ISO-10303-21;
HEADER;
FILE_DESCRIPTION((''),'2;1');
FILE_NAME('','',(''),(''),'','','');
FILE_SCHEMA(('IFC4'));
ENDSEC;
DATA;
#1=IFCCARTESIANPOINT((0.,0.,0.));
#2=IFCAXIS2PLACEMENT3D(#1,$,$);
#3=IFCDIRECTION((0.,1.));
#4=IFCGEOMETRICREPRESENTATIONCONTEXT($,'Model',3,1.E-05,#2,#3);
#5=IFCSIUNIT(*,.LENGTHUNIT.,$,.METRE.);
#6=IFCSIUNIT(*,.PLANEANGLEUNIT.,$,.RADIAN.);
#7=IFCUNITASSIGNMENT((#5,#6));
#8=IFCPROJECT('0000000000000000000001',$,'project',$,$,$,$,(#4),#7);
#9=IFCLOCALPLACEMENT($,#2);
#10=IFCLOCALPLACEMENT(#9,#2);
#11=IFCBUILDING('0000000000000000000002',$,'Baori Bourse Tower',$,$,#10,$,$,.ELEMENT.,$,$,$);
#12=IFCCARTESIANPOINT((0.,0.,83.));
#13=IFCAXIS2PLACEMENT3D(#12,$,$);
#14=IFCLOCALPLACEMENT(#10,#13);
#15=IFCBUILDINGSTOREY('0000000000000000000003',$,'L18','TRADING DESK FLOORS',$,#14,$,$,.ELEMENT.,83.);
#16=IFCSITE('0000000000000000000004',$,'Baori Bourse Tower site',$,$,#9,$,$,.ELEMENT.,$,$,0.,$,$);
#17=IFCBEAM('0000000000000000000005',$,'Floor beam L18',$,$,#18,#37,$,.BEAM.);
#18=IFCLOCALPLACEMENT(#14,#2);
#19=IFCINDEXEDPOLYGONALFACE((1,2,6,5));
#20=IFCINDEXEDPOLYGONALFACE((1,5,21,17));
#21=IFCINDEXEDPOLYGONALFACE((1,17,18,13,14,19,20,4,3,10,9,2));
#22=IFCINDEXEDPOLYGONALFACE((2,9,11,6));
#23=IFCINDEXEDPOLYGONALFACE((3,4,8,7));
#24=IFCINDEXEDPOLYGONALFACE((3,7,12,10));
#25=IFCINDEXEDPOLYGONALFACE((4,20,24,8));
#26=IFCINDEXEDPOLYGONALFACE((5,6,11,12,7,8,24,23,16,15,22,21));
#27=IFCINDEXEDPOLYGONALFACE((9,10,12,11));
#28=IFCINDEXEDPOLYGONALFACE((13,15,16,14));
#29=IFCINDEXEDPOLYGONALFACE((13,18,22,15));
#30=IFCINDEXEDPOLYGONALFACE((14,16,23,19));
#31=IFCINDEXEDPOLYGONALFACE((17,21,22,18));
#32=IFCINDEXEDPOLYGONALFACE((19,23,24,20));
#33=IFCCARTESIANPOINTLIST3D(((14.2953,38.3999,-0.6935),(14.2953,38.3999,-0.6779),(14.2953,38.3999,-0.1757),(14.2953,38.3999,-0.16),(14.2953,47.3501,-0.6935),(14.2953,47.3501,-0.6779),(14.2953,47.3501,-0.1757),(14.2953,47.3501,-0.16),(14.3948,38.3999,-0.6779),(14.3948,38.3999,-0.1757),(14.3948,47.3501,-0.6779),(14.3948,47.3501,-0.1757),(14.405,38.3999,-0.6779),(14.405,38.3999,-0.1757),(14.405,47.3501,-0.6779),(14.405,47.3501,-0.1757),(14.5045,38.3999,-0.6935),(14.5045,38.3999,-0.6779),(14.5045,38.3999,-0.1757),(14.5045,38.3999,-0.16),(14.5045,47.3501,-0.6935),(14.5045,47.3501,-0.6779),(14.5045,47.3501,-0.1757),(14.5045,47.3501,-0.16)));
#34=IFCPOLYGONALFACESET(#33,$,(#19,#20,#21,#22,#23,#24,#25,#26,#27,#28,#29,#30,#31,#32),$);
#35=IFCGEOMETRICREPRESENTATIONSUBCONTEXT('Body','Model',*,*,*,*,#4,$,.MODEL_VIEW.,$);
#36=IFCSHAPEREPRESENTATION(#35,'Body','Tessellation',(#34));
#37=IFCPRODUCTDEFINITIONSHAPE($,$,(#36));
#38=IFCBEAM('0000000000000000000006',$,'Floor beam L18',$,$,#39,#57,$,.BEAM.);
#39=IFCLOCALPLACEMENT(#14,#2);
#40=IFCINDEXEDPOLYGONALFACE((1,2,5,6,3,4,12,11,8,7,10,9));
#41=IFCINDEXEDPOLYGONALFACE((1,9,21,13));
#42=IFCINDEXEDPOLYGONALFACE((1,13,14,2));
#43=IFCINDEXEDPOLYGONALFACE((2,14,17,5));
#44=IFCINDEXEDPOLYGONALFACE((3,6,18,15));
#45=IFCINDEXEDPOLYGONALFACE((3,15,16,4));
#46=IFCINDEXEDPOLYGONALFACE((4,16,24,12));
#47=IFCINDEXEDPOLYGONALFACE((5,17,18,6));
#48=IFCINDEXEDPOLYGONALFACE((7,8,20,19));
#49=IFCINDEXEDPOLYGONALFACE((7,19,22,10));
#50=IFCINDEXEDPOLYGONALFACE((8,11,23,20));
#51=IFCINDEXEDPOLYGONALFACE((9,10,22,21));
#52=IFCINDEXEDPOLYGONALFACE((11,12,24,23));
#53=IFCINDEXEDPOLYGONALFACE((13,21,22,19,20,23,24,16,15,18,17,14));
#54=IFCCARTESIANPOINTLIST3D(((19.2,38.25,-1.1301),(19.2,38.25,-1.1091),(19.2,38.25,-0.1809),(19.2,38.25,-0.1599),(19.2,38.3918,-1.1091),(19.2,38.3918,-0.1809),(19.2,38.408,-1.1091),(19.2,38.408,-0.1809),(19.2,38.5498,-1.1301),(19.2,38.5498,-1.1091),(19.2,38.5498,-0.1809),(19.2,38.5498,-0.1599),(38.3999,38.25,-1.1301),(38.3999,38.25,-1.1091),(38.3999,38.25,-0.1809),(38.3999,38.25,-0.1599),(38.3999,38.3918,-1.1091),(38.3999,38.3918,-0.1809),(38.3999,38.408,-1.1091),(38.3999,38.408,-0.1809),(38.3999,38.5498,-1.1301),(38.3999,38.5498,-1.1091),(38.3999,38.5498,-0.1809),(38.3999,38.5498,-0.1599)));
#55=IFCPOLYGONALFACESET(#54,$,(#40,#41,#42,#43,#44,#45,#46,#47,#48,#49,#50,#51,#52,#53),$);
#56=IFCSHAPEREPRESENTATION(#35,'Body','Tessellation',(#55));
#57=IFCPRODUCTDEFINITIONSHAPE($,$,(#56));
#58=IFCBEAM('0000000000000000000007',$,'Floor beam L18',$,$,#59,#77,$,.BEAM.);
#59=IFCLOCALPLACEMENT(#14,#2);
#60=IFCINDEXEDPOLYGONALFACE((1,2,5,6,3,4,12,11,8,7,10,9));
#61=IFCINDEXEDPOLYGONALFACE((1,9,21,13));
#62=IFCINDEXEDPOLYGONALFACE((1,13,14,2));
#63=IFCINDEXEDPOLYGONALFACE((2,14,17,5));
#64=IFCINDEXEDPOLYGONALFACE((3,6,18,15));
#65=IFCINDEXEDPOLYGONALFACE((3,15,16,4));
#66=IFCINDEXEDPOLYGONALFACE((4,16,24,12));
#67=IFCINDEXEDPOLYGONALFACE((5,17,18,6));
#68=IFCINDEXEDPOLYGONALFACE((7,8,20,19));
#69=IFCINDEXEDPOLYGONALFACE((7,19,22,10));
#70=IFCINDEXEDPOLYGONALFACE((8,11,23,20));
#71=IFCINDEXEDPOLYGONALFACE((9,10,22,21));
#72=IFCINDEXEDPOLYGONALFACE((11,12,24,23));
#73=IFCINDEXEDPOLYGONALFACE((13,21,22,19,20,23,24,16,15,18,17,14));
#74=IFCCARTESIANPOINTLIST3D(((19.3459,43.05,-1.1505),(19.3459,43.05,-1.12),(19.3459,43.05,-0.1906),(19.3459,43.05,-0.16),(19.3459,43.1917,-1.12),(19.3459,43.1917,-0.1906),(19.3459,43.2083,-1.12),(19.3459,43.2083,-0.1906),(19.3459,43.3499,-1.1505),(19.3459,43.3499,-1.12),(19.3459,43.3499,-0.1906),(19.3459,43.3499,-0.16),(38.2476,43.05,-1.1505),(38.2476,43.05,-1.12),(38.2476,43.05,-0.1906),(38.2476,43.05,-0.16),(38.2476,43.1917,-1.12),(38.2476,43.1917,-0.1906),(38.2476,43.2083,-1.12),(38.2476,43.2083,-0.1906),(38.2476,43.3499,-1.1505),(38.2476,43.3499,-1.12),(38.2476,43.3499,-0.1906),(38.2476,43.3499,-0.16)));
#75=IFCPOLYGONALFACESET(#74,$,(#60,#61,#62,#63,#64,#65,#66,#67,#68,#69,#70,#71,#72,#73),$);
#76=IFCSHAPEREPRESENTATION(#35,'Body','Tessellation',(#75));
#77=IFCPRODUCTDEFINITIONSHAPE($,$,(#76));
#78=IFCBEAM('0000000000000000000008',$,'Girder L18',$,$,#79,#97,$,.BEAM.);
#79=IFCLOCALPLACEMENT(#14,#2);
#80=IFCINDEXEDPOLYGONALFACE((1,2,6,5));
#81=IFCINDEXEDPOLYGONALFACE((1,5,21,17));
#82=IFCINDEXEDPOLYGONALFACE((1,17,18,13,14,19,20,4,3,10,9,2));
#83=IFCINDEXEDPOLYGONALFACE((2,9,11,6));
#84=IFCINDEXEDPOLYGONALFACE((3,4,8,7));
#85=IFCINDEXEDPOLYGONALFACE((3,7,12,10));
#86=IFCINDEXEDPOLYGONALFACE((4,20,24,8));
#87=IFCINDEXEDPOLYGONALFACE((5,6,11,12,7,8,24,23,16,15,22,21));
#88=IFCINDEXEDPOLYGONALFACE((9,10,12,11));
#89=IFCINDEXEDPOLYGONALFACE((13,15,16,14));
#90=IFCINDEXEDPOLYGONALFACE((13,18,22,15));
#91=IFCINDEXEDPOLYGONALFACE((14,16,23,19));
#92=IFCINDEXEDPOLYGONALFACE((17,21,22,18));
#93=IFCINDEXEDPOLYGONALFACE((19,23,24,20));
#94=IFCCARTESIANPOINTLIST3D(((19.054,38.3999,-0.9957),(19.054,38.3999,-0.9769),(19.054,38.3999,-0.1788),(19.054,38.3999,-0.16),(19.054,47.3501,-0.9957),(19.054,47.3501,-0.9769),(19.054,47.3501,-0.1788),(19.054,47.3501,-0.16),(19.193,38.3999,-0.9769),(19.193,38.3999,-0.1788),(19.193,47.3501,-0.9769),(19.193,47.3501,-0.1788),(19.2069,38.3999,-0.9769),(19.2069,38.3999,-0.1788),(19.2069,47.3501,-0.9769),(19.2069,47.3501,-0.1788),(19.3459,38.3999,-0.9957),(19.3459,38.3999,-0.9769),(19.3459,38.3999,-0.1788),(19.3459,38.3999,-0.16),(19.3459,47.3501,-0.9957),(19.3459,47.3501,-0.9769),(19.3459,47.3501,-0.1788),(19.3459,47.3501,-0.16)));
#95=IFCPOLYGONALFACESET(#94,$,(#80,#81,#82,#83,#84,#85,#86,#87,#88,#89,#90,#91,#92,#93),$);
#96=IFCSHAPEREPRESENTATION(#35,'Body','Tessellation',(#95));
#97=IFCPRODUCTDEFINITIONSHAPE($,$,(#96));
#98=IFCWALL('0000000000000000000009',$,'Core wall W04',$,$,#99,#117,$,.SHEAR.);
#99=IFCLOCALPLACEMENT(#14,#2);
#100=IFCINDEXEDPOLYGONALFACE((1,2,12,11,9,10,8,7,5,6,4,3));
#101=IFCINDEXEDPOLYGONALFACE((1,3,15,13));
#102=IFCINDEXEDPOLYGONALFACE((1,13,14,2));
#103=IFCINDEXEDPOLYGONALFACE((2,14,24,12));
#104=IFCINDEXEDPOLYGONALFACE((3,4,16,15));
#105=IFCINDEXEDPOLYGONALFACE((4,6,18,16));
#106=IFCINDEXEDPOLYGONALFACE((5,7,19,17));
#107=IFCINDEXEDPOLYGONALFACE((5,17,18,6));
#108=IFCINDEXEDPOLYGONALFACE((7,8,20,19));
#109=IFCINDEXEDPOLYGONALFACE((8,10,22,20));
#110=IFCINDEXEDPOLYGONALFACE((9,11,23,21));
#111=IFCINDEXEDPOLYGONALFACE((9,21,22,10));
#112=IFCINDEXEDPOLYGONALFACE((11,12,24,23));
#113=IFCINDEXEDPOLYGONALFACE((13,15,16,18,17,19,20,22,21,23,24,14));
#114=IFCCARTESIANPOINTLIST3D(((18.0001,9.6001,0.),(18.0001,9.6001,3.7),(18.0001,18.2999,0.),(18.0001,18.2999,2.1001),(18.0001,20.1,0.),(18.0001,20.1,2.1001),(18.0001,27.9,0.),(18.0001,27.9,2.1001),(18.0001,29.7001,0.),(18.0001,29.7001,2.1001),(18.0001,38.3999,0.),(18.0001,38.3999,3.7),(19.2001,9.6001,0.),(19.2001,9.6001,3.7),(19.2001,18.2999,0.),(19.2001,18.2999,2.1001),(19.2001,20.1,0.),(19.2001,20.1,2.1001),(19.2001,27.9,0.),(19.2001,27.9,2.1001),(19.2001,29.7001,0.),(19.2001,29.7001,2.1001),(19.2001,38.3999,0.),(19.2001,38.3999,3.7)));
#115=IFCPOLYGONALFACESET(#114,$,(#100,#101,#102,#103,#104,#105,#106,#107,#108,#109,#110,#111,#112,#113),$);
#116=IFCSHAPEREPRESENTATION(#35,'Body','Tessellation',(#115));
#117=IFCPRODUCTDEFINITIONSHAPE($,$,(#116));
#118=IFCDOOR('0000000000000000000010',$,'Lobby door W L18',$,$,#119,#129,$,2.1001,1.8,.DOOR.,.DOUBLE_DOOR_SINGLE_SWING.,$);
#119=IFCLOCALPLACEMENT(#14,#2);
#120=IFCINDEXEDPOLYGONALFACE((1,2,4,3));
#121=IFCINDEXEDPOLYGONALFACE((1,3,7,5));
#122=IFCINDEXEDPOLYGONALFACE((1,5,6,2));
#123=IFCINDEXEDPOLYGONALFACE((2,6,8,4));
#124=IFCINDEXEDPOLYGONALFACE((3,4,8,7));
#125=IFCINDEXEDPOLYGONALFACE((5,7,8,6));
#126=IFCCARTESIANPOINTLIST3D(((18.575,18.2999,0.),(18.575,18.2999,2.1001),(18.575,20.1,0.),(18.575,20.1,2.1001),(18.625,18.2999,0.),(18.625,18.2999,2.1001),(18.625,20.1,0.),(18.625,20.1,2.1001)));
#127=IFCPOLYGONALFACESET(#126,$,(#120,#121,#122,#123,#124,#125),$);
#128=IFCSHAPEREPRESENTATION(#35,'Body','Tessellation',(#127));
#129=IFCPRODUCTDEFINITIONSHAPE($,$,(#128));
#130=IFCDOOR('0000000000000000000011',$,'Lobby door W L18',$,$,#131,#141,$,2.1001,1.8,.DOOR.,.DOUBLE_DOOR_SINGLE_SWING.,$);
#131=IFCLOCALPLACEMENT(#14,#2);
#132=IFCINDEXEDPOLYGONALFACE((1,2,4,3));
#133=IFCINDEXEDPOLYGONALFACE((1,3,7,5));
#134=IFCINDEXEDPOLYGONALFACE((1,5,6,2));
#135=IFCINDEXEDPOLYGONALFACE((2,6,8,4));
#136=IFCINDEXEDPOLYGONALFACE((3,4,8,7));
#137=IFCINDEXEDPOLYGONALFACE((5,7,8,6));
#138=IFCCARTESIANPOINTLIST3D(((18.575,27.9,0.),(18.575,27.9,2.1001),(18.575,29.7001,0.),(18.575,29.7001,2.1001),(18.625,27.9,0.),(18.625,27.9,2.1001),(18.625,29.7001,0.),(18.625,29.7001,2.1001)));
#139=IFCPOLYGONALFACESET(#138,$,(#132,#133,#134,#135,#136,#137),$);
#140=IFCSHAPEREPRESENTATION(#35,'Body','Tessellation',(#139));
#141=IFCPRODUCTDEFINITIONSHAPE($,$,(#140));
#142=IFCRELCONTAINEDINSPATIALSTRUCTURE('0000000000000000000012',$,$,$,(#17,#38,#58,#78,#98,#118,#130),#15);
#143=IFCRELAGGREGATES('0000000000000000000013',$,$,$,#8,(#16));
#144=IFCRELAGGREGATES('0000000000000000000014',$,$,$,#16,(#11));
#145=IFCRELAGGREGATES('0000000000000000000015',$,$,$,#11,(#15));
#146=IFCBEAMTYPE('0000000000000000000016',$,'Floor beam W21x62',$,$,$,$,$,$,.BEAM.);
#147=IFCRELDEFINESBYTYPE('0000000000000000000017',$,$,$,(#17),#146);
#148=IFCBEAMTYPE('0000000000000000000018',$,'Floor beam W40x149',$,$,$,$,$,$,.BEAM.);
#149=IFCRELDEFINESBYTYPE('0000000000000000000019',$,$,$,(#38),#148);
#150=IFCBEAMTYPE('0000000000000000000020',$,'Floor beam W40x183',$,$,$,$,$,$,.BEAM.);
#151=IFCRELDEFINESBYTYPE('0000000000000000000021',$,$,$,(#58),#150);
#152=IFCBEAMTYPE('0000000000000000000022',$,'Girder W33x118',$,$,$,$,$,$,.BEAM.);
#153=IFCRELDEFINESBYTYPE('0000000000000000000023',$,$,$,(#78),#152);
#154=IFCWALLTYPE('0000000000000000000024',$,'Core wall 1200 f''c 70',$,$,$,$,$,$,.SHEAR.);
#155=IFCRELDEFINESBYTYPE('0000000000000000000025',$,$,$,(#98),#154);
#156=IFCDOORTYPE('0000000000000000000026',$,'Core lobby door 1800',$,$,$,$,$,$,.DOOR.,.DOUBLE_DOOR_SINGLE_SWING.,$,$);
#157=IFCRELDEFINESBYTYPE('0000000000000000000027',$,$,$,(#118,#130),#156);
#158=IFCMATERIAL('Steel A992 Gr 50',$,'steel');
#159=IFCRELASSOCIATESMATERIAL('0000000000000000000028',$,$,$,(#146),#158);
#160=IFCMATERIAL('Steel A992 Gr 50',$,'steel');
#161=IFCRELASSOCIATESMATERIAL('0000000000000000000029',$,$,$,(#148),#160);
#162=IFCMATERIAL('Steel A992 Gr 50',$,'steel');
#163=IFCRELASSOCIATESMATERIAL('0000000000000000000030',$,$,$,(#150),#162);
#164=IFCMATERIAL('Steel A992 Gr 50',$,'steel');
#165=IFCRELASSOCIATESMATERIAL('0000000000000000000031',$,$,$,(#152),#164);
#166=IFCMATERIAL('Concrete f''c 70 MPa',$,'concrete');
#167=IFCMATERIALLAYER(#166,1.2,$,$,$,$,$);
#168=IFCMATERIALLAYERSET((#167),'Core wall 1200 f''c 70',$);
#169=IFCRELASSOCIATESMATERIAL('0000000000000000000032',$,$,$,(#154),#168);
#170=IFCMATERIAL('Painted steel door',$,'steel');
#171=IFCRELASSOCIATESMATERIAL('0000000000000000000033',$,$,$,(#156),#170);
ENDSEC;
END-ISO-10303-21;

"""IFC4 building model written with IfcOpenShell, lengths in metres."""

from ifc_helpers import new_model, si_unit, direction, frame, frame_2d, origin, origin_2d, place, context, subcontext, project, spatial, rectangle, i_section, extrude, material, layer, layer_set, material_profile, profile_set, type_object, element, fill, save


model = new_model("IFC4")

# Units and contexts
model_context = context("Model", 3, precision=1e-05, world=origin(), true_north=direction((0.0, 1.0)))
body_context = subcontext(model_context, "Body", "Model", "MODEL_VIEW")
ifc_project = project(units=[si_unit("LENGTHUNIT", "METRE"), si_unit("PLANEANGLEUNIT", "RADIAN")], contexts=[model_context])

# Site, building, storey
site_placement = place(None, origin())
site = spatial("IfcSite", under=ifc_project, at=site_placement, Name="Baori Bourse Tower site", CompositionType="ELEMENT", RefElevation=0.0)
building_placement = place(site_placement, origin())
building = spatial("IfcBuilding", under=site, at=building_placement, Name="Baori Bourse Tower", CompositionType="ELEMENT")
storey_placement = place(building_placement, frame((0.0, 0.0, 83.0)))
storey = spatial("IfcBuildingStorey", under=building, at=storey_placement, Name="L18", Description="TRADING DESK FLOORS", CompositionType="ELEMENT", Elevation=83.0)

# Beams
ifc_material_1 = material(Name="Steel A992 Gr 50", Category="steel")
ifc_material_profile_1 = material_profile(ifc_material_1, i_section(OverallWidth=0.2092, OverallDepth=0.5334, WebThickness=0.0103, FlangeThickness=0.0156, at=origin_2d()), Name="W21x62")
ifc_profile_set_1 = profile_set([ifc_material_profile_1], Name="Steel A992 Gr 50")
beam_type_1 = type_object("IfcBeamType", Name="Floor beam W21x62", PredefinedType="BEAM", material=ifc_profile_set_1)
beam_1_placement = place(storey_placement, frame((14.3999, 38.3999, -0.4268), z_axis=(0.0, 1.0, 0.0), x_axis=(-1.0, 0.0, 0.0)))
element("IfcBeam", 1, at=beam_1_placement, inside=storey, type_object=beam_type_1, Name="Floor beam L18", PredefinedType="BEAM", context=body_context, shape_type="SweptSolid", body=[
    extrude(i_section(OverallWidth=0.2092, OverallDepth=0.5334, WebThickness=0.0103, FlangeThickness=0.0156, at=origin_2d()), origin(), (0.0, 0.0, 1.0), 8.9502),
])
ifc_material_2 = material(Name="Steel A992 Gr 50", Category="steel")
ifc_material_profile_2 = material_profile(ifc_material_2, i_section(OverallWidth=0.2998, OverallDepth=0.9702, WebThickness=0.0161, FlangeThickness=0.021, at=origin_2d()), Name="W40x149")
ifc_profile_set_2 = profile_set([ifc_material_profile_2], Name="Steel A992 Gr 50")
beam_type_2 = type_object("IfcBeamType", Name="Floor beam W40x149", PredefinedType="BEAM", material=ifc_profile_set_2)
beam_2_placement = place(storey_placement, frame((19.2, 38.3999, -0.645), z_axis=(1.0, 0.0, 0.0), x_axis=(0.0, 1.0, 0.0)))
element("IfcBeam", 2, at=beam_2_placement, inside=storey, type_object=beam_type_2, Name="Floor beam L18", PredefinedType="BEAM", context=body_context, shape_type="SweptSolid", body=[
    extrude(i_section(OverallWidth=0.2998, OverallDepth=0.9702, WebThickness=0.0161, FlangeThickness=0.021, at=origin_2d()), origin(), (0.0, 0.0, 1.0), 19.2),
])
ifc_material_3 = material(Name="Steel A992 Gr 50", Category="steel")
ifc_material_profile_3 = material_profile(ifc_material_3, i_section(OverallWidth=0.2998, OverallDepth=0.9905, WebThickness=0.0166, FlangeThickness=0.0305, at=origin_2d()), Name="W40x183")
ifc_profile_set_3 = profile_set([ifc_material_profile_3], Name="Steel A992 Gr 50")
beam_type_3 = type_object("IfcBeamType", Name="Floor beam W40x183", PredefinedType="BEAM", material=ifc_profile_set_3)
beam_3_placement = place(storey_placement, frame((19.3459, 43.2, -0.6553), z_axis=(1.0, 0.0, 0.0), x_axis=(0.0, 1.0, 0.0)))
element("IfcBeam", 3, at=beam_3_placement, inside=storey, type_object=beam_type_3, Name="Floor beam L18", PredefinedType="BEAM", context=body_context, shape_type="SweptSolid", body=[
    extrude(i_section(OverallWidth=0.2998, OverallDepth=0.9905, WebThickness=0.0166, FlangeThickness=0.0305, at=origin_2d()), origin(), (0.0, 0.0, 1.0), 18.9016),
])
ifc_material_4 = material(Name="Steel A992 Gr 50", Category="steel")
ifc_material_profile_4 = material_profile(ifc_material_4, i_section(OverallWidth=0.292, OverallDepth=0.8357, WebThickness=0.0139, FlangeThickness=0.0188, at=origin_2d()), Name="W33x118")
ifc_profile_set_4 = profile_set([ifc_material_profile_4], Name="Steel A992 Gr 50")
beam_type_4 = type_object("IfcBeamType", Name="Girder W33x118", PredefinedType="BEAM", material=ifc_profile_set_4)
beam_4_placement = place(storey_placement, frame((19.2, 38.3999, -0.5779), z_axis=(0.0, 1.0, 0.0), x_axis=(-1.0, 0.0, 0.0)))
element("IfcBeam", 4, at=beam_4_placement, inside=storey, type_object=beam_type_4, Name="Girder L18", PredefinedType="BEAM", context=body_context, shape_type="SweptSolid", body=[
    extrude(i_section(OverallWidth=0.292, OverallDepth=0.8357, WebThickness=0.0139, FlangeThickness=0.0188, at=origin_2d()), origin(), (0.0, 0.0, 1.0), 8.9502),
])

# Wall, openings, doors
ifc_material_5 = material(Name="Concrete f'c 70 MPa", Category="concrete")
ifc_layer_1 = layer(ifc_material_5, 1.2)
ifc_layer_set_1 = layer_set([ifc_layer_1], Name="Core wall 1200 f'c 70")
wall_type_1 = type_object("IfcWallType", Name="Core wall 1200 f'c 70", PredefinedType="SHEAR", material=ifc_layer_set_1)
wall_1_placement = place(storey_placement, frame((18.6001, 38.3999, 0.0), z_axis=(0.0, 0.0, 1.0), x_axis=(0.0, -1.0, 0.0)))
wall_1 = element("IfcWall", 5, at=wall_1_placement, inside=storey, type_object=wall_type_1, Name="Core wall W04", PredefinedType="SHEAR", context=body_context, shape_type="SweptSolid", body=[
    extrude(rectangle(XDim=28.7998, YDim=1.2, at=frame_2d((14.3999, 0.0))), origin(), (0.0, 0.0, 1.0), 3.7),
])
opening_1_placement = place(wall_1_placement, frame((18.3, 0.0, 0.0)))
opening_1 = element("IfcOpeningElement", 6, at=opening_1_placement, cuts=wall_1, PredefinedType="OPENING", context=body_context, shape_type="SweptSolid", body=[
    extrude(rectangle(XDim=1.8, YDim=2.1001, at=frame_2d((0.8999, 1.05))), frame((0.0, 0.6099, 0.0), z_axis=(0.0, -1.0, 0.0), x_axis=(1.0, 0.0, 0.0)), (0.0, 0.0, 1.0), 1.22),
])
opening_2_placement = place(wall_1_placement, frame((8.7, 0.0, 0.0)))
opening_2 = element("IfcOpeningElement", 7, at=opening_2_placement, cuts=wall_1, PredefinedType="OPENING", context=body_context, shape_type="SweptSolid", body=[
    extrude(rectangle(XDim=1.8, YDim=2.1001, at=frame_2d((0.8999, 1.05))), frame((0.0, 0.6099, 0.0), z_axis=(0.0, -1.0, 0.0), x_axis=(1.0, 0.0, 0.0)), (0.0, 0.0, 1.0), 1.22),
])
ifc_material_6 = material(Name="Painted steel door", Category="steel")
door_type_1 = type_object("IfcDoorType", Name="Core lobby door 1800", OperationType="DOUBLE_DOOR_SINGLE_SWING", PredefinedType="DOOR", material=ifc_material_6)
door_1_placement = place(opening_1_placement, origin())
door_1 = element("IfcDoor", 8, at=door_1_placement, inside=storey, type_object=door_type_1, Name="Lobby door W L18", OperationType="DOUBLE_DOOR_SINGLE_SWING", OverallHeight=2.1001, OverallWidth=1.8, PredefinedType="DOOR", context=body_context, shape_type="SweptSolid", body=[
    extrude(rectangle(XDim=1.8, YDim=2.1001, at=frame_2d((0.8999, 1.05))), frame((0.0, 0.0249, 0.0), z_axis=(0.0, -1.0, 0.0), x_axis=(1.0, 0.0, 0.0)), (0.0, 0.0, 1.0), 0.05),
])
fill(opening_1, door_1)
door_2_placement = place(opening_2_placement, origin())
door_2 = element("IfcDoor", 9, at=door_2_placement, inside=storey, type_object=door_type_1, Name="Lobby door W L18", OperationType="DOUBLE_DOOR_SINGLE_SWING", OverallHeight=2.1001, OverallWidth=1.8, PredefinedType="DOOR", context=body_context, shape_type="SweptSolid", body=[
    extrude(rectangle(XDim=1.8, YDim=2.1001, at=frame_2d((0.8999, 1.05))), frame((0.0, 0.0249, 0.0), z_axis=(0.0, -1.0, 0.0), x_axis=(1.0, 0.0, 0.0)), (0.0, 0.0, 1.0), 0.05),
])
fill(opening_2, door_2)

save(model, "model.ifc")
